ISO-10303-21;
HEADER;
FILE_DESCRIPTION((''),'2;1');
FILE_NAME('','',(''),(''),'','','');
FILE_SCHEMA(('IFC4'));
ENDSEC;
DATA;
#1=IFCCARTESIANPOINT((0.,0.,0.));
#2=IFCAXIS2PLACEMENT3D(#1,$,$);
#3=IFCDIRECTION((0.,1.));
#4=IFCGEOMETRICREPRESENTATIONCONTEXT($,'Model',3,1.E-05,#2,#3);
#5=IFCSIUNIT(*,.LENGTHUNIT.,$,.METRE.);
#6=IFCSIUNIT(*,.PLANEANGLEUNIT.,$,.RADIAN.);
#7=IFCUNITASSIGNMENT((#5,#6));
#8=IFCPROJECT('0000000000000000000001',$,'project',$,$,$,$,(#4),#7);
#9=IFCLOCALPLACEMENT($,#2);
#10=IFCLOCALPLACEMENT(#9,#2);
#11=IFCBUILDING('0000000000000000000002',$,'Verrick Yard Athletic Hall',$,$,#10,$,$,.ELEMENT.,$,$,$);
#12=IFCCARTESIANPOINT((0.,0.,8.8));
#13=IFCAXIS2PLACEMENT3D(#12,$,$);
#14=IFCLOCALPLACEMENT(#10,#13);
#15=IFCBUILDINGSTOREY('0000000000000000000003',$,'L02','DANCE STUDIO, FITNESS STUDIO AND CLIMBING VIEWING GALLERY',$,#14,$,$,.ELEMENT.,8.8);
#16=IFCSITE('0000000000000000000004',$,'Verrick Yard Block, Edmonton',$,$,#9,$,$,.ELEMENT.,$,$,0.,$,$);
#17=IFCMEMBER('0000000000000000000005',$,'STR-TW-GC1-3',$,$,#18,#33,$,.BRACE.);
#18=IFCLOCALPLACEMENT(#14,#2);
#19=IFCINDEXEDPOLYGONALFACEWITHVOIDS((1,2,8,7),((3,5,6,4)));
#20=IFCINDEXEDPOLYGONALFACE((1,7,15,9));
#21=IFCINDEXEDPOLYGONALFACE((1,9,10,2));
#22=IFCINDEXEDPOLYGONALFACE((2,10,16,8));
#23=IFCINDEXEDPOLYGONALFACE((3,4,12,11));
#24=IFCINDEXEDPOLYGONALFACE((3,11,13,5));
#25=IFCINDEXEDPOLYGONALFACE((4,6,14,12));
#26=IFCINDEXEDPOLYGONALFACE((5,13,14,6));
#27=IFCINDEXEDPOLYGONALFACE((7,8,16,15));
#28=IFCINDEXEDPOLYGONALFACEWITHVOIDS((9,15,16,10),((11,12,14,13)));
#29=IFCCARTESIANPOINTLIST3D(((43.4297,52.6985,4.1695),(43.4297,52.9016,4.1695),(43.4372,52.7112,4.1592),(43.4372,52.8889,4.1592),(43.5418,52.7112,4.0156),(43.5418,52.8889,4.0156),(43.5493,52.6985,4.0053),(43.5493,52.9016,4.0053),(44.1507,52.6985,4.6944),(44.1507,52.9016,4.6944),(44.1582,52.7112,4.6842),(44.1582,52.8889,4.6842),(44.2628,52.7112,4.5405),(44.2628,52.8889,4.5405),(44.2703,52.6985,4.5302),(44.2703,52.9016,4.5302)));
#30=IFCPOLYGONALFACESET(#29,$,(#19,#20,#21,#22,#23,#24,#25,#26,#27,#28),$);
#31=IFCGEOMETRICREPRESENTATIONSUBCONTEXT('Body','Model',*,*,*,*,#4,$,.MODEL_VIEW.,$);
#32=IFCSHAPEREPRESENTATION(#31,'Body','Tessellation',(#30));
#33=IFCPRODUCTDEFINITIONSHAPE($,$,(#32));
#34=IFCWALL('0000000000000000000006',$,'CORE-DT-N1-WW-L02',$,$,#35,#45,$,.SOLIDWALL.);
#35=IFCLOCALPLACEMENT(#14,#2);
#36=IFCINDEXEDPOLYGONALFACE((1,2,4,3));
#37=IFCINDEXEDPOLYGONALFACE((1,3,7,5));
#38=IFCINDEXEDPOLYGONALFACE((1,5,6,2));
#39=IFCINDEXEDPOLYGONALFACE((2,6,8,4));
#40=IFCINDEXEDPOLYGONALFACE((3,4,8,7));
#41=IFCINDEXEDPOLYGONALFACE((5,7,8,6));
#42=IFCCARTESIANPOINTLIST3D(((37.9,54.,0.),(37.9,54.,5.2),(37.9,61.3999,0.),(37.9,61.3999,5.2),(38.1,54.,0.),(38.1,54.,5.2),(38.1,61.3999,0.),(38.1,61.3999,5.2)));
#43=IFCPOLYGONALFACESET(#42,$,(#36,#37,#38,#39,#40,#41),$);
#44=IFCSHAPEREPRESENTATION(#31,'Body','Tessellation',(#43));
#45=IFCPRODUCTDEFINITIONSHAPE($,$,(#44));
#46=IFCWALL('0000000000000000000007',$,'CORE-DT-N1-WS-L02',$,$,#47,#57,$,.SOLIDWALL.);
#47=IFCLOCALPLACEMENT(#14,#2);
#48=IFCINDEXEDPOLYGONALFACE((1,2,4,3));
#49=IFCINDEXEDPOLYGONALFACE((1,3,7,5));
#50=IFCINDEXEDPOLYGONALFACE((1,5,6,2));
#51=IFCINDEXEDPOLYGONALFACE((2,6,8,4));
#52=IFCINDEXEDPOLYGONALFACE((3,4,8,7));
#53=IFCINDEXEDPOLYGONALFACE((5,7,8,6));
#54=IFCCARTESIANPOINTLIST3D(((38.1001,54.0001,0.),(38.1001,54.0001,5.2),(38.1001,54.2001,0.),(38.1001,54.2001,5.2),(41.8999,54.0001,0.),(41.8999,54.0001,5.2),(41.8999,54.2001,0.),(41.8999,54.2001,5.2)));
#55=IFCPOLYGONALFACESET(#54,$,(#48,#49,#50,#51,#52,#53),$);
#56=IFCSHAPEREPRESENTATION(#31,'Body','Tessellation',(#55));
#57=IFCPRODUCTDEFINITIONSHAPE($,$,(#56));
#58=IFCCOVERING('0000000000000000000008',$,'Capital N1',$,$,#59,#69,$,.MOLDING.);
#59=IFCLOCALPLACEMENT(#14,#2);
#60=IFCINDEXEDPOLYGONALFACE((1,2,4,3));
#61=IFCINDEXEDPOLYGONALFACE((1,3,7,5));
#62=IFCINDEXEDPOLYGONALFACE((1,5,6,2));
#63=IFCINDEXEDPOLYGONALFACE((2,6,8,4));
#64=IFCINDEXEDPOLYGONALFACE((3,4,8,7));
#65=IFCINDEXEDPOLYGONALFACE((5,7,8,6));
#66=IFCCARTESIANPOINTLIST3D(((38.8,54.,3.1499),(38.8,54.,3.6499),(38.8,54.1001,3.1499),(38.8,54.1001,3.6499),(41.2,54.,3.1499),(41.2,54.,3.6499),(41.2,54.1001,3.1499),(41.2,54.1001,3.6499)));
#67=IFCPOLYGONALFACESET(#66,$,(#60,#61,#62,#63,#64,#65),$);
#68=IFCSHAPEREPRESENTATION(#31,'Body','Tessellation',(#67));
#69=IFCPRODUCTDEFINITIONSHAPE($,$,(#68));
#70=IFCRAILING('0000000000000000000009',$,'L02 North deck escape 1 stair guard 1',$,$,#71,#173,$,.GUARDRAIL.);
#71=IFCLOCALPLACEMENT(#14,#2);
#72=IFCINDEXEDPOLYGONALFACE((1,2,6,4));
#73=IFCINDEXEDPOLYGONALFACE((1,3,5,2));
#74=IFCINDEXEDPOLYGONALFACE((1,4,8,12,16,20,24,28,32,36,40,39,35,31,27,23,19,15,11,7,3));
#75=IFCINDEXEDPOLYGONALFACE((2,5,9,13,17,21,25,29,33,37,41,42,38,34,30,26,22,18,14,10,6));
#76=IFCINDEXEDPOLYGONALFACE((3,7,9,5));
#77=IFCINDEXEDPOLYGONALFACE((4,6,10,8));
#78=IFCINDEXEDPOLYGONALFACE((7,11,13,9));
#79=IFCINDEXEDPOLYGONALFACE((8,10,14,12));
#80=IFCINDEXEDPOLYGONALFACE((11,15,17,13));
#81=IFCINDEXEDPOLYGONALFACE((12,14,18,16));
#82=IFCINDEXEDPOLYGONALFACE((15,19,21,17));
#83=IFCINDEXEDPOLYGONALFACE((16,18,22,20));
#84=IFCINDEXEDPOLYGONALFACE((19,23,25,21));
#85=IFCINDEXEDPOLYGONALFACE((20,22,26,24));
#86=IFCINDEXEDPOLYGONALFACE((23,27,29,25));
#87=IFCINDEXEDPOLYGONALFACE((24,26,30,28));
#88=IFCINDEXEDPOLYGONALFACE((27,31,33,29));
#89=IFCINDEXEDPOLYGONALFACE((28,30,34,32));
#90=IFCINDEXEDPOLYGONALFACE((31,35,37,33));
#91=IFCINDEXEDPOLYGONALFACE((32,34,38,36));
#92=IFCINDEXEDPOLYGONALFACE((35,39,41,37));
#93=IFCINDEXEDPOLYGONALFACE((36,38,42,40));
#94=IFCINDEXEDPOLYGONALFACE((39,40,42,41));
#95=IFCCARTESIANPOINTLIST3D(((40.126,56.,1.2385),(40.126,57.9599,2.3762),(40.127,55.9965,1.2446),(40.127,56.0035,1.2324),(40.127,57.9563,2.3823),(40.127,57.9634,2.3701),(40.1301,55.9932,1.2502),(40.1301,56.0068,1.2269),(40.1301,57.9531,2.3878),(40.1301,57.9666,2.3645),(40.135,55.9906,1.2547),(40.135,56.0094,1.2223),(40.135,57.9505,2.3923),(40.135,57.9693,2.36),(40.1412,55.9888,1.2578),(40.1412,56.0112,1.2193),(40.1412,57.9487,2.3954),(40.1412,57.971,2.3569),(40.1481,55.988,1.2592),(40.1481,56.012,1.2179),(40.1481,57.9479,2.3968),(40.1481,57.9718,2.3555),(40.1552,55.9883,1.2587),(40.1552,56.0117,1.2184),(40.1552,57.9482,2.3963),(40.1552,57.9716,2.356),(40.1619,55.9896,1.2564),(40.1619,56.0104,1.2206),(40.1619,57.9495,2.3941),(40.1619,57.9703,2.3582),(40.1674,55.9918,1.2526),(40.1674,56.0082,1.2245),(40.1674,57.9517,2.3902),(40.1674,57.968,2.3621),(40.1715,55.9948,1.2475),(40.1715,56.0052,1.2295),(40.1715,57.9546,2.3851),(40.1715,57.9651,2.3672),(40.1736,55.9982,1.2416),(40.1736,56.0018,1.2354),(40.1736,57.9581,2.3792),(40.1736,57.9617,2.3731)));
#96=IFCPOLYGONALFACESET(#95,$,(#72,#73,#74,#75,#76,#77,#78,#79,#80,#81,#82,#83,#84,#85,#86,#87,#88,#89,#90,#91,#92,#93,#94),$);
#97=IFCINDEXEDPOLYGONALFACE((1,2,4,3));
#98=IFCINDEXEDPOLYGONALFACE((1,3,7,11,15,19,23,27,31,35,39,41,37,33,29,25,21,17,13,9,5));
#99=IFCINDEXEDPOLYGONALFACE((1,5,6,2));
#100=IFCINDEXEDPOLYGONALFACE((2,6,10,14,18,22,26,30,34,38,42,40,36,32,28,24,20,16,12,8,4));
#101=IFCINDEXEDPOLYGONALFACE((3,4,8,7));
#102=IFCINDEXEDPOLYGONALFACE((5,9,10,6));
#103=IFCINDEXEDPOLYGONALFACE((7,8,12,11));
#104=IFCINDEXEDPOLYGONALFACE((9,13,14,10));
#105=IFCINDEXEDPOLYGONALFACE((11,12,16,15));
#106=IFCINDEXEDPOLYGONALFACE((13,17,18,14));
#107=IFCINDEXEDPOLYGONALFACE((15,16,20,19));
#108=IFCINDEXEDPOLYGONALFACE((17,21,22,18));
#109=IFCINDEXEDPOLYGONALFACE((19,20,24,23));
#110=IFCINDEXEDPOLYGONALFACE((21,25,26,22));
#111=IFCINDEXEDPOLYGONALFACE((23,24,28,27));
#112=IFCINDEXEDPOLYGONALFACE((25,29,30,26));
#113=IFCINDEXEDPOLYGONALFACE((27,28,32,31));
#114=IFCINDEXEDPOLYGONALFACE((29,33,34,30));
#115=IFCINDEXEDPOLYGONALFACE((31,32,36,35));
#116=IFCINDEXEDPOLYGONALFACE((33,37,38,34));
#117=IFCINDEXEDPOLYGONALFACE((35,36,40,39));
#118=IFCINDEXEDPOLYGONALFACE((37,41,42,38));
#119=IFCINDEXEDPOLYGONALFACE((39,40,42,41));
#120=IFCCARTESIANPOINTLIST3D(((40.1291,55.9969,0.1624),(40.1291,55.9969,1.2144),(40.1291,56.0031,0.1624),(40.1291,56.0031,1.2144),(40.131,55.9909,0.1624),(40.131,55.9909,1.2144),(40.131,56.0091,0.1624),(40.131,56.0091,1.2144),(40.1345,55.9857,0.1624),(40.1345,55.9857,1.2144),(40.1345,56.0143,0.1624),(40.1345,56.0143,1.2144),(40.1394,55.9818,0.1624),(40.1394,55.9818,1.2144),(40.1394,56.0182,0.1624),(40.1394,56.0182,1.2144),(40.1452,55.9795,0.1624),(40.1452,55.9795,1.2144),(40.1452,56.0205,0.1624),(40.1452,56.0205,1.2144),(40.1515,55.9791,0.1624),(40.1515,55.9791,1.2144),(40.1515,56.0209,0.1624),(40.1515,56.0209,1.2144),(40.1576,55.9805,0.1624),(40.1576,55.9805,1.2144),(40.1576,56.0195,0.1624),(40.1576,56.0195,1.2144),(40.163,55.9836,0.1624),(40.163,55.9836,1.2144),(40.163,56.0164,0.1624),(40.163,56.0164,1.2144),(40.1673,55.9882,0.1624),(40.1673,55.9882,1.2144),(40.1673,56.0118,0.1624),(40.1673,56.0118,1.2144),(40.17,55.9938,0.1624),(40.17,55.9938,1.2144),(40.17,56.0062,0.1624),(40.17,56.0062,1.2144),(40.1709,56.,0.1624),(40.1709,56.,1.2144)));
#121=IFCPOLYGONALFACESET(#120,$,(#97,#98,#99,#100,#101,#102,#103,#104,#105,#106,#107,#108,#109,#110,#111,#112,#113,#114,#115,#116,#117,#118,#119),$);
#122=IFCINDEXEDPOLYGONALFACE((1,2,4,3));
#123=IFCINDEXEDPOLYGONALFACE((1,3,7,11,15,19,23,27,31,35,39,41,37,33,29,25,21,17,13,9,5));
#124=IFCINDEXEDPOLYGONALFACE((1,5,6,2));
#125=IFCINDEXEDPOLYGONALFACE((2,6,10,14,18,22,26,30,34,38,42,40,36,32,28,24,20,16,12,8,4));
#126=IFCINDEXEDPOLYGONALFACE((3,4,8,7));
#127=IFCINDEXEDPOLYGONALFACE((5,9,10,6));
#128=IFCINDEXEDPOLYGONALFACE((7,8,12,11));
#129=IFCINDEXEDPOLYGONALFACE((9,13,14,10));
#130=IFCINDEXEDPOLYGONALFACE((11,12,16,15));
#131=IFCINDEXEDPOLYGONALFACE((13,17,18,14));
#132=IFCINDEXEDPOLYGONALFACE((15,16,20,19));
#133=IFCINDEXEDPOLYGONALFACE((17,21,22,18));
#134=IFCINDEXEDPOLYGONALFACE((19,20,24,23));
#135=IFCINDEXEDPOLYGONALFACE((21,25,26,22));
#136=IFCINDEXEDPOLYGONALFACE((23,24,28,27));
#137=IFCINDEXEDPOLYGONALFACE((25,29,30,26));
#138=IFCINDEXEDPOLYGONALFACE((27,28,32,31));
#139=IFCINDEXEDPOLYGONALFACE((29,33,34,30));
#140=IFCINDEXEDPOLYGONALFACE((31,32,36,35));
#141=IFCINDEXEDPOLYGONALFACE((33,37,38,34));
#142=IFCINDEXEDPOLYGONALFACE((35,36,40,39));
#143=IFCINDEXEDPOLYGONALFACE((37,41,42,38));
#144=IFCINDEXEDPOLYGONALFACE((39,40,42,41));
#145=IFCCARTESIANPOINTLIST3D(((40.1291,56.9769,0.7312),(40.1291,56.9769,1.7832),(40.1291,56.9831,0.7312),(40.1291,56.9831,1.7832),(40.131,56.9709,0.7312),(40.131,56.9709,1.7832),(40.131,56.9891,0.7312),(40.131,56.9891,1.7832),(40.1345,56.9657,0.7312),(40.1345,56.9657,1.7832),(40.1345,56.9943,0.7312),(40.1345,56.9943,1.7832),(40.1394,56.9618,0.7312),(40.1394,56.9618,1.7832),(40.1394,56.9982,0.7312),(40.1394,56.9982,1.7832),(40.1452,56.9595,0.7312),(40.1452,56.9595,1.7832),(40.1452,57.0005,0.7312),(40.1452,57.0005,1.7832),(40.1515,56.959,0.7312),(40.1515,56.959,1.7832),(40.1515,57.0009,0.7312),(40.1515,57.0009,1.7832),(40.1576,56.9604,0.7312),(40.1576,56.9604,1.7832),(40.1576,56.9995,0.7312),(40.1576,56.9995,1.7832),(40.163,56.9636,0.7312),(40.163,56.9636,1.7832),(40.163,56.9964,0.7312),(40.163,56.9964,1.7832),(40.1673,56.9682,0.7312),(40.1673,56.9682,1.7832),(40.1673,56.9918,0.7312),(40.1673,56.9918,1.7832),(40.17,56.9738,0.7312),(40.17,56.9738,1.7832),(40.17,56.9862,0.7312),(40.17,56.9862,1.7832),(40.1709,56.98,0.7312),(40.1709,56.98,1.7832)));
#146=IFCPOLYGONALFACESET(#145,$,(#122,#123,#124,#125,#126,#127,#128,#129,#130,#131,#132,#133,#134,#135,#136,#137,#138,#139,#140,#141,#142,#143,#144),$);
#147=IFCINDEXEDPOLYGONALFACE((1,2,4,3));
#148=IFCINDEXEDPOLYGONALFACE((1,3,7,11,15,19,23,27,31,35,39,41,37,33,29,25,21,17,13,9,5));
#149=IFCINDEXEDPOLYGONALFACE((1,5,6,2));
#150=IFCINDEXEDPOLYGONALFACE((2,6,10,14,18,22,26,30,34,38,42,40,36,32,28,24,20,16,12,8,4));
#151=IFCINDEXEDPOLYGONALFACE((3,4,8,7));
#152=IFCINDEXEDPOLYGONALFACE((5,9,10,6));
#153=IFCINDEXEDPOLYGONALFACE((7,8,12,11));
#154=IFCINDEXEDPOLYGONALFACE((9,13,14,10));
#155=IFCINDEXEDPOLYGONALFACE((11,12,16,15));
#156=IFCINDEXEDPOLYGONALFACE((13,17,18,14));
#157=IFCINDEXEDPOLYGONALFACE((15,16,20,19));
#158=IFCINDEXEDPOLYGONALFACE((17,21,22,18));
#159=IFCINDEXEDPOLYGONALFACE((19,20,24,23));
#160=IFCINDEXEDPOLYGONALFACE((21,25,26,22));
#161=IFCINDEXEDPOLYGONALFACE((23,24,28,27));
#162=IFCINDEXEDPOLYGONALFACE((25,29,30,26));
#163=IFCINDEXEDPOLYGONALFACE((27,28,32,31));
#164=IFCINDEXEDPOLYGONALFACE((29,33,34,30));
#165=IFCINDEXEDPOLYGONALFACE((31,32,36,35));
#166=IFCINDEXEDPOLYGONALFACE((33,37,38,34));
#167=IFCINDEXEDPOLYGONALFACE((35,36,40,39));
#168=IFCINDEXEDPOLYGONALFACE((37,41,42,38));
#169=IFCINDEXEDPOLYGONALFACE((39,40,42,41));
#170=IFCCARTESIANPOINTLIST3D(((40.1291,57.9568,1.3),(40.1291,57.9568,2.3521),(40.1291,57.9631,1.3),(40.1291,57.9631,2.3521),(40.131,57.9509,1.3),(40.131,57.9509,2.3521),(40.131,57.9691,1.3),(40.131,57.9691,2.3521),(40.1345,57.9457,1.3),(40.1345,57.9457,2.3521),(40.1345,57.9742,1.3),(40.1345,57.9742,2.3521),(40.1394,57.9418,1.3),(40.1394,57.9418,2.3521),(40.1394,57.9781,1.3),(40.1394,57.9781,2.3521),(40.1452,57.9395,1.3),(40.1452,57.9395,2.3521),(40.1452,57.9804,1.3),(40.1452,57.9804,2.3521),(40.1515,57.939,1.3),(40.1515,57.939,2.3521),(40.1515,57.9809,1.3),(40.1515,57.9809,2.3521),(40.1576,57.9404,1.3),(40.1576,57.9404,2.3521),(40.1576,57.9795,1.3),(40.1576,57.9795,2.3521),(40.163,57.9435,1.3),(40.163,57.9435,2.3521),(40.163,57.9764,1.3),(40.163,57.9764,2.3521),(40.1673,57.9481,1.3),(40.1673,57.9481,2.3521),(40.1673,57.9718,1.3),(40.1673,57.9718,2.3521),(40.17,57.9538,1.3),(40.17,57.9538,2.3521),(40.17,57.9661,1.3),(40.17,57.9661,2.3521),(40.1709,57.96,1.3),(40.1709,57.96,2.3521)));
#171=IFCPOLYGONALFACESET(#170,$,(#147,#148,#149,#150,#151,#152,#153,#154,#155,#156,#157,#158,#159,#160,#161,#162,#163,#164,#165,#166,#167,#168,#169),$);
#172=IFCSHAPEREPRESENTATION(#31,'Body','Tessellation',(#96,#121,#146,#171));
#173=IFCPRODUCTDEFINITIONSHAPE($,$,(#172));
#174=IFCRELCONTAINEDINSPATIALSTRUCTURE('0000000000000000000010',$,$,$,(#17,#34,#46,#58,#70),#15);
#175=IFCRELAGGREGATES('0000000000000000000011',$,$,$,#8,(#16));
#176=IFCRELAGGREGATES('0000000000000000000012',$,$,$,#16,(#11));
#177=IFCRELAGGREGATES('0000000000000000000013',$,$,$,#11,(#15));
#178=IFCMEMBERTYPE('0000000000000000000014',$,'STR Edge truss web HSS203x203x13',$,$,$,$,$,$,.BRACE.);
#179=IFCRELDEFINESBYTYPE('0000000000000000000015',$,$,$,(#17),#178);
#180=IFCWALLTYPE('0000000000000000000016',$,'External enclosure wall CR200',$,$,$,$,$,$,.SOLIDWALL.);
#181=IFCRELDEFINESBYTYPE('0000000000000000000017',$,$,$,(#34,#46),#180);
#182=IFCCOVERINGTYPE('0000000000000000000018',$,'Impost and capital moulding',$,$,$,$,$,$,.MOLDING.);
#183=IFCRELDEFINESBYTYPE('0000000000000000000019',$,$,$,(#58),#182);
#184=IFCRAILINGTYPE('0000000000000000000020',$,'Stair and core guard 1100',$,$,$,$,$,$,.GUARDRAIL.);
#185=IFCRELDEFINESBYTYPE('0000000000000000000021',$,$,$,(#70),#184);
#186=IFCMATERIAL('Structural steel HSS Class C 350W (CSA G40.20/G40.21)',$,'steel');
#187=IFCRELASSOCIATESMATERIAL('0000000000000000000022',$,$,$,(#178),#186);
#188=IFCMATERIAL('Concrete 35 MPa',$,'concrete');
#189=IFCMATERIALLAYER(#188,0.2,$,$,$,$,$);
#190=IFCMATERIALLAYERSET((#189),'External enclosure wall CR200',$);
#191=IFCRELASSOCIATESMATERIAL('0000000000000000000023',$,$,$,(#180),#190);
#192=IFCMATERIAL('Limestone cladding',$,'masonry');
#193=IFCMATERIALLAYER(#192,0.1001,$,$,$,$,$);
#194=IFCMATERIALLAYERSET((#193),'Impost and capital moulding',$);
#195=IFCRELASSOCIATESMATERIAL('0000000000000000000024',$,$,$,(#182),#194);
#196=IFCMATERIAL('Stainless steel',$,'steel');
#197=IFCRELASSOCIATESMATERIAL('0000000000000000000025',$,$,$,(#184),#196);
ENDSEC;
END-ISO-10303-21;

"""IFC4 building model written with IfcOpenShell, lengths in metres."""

from ifc_helpers import new_model, si_unit, direction, frame, frame_2d, origin, origin_2d, place, context, subcontext, project, spatial, rectangle, hollow_rectangle, circle, extrude, material, layer, layer_set, material_profile, profile_set, type_object, element, save


model = new_model("IFC4")

# Units and contexts
model_context = context("Model", 3, precision=1e-05, world=origin(), true_north=direction((0.0, 1.0)))
body_context = subcontext(model_context, "Body", "Model", "MODEL_VIEW")
ifc_project = project(units=[si_unit("LENGTHUNIT", "METRE"), si_unit("PLANEANGLEUNIT", "RADIAN")], contexts=[model_context])

# Site, building, storey
site_placement = place(None, origin())
site = spatial("IfcSite", under=ifc_project, at=site_placement, Name="Verrick Yard Block, Edmonton", CompositionType="ELEMENT", RefElevation=0.0)
building_placement = place(site_placement, origin())
building = spatial("IfcBuilding", under=site, at=building_placement, Name="Verrick Yard Athletic Hall", CompositionType="ELEMENT")
storey_placement = place(building_placement, frame((0.0, 0.0, 8.8)))
storey = spatial("IfcBuildingStorey", under=building, at=storey_placement, Name="L02", Description="DANCE STUDIO, FITNESS STUDIO AND CLIMBING VIEWING GALLERY", CompositionType="ELEMENT", Elevation=8.8)

# Shared definitions
ifc_material_1 = material(Name="Concrete 35 MPa", Category="concrete")

# Member
ifc_material_2 = material(Name="Structural steel HSS Class C 350W (CSA G40.20/G40.21)", Category="steel")
ifc_material_profile_1 = material_profile(ifc_material_2, hollow_rectangle(XDim=0.2031, YDim=0.2031, WallThickness=0.0127, at=origin_2d()), Name="HSS203x203x13")
ifc_profile_set_1 = profile_set([ifc_material_profile_1], Name="Structural steel HSS Class C 350W (CSA G40.20/G40.21)")
member_type_1 = type_object("IfcMemberType", Name="STR Edge truss web HSS203x203x13", PredefinedType="BRACE", material=ifc_profile_set_1)
member_1_placement = place(storey_placement, frame((43.4895, 52.8, 4.0874), z_axis=(0.808428, 0.0, 0.588595), x_axis=(0.0, 1.0, 0.0)))
element("IfcMember", 1, at=member_1_placement, inside=storey, type_object=member_type_1, Name="STR-TW-GC1-3", PredefinedType="BRACE", context=body_context, shape_type="SweptSolid", body=[
    extrude(hollow_rectangle(XDim=0.2031, YDim=0.2031, WallThickness=0.0127, at=origin_2d()), origin(), (0.0, 0.0, 1.0), 0.8918),
])

# Walls
ifc_layer_1 = layer(ifc_material_1, 0.2)
ifc_layer_set_1 = layer_set([ifc_layer_1], Name="External enclosure wall CR200")
wall_type = type_object("IfcWallType", Name="External enclosure wall CR200", PredefinedType="SOLIDWALL", material=ifc_layer_set_1)
wall_1_placement = place(storey_placement, frame((38.0, 54.0, 0.0), z_axis=(0.0, 0.0, 1.0), x_axis=(0.0, 1.0, 0.0)))
element("IfcWall", 2, at=wall_1_placement, inside=storey, type_object=wall_type, Name="CORE-DT-N1-WW-L02", PredefinedType="SOLIDWALL", context=body_context, shape_type="SweptSolid", body=[
    extrude(rectangle(XDim=7.3999, YDim=0.2, at=frame_2d((3.7, 0.0))), origin(), (0.0, 0.0, 1.0), 5.2),
])
wall_2_placement = place(storey_placement, frame((38.1001, 54.1001, 0.0), z_axis=(0.0, 0.0, 1.0), x_axis=(1.0, 0.0, 0.0)))
element("IfcWall", 3, at=wall_2_placement, inside=storey, type_object=wall_type, Name="CORE-DT-N1-WS-L02", PredefinedType="SOLIDWALL", context=body_context, shape_type="SweptSolid", body=[
    extrude(rectangle(XDim=3.7998, YDim=0.2, at=frame_2d((1.8999, 0.0))), origin(), (0.0, 0.0, 1.0), 5.2),
])

# Covering
ifc_material_3 = material(Name="Limestone cladding", Category="masonry")
ifc_layer_2 = layer(ifc_material_3, 0.1001)
ifc_layer_set_2 = layer_set([ifc_layer_2], Name="Impost and capital moulding")
covering_type_1 = type_object("IfcCoveringType", Name="Impost and capital moulding", PredefinedType="MOLDING", material=ifc_layer_set_2)
covering_1_placement = place(storey_placement, frame((40.0, 54.05, 3.1499), z_axis=(0.0, 0.0, 1.0), x_axis=(1.0, 0.0, 0.0)))
element("IfcCovering", 4, at=covering_1_placement, inside=storey, type_object=covering_type_1, Name="Capital N1", PredefinedType="MOLDING", context=body_context, shape_type="SweptSolid", body=[
    extrude(rectangle(XDim=2.3999, YDim=0.1001, at=origin_2d()), origin(), (0.0, 0.0, 1.0), 0.5),
])

# Railing
ifc_material_4 = material(Name="Stainless steel", Category="steel")
railing_type = type_object("IfcRailingType", Name="Stair and core guard 1100", PredefinedType="GUARDRAIL", material=ifc_material_4)
railing_placement = place(storey_placement, frame((40.1499, 56.0, 0.1624)))
element("IfcRailing", 5, at=railing_placement, inside=storey, type_object=railing_type, Name="L02 North deck escape 1 stair guard 1", PredefinedType="GUARDRAIL", context=body_context, shape_type="SweptSolid", body=[
    extrude(circle(Radius=0.0239, at=origin_2d()), frame((0.0, 0.0, 1.0762), z_axis=(0.0, 0.864855, 0.502021), x_axis=(-1.0, 0.0, 0.0)), (0.0, 0.0, 1.0), 2.2661),
    extrude(circle(Radius=0.021, at=origin_2d()), origin(), (0.0, 0.0, 1.0), 1.052),
    extrude(circle(Radius=0.021, at=origin_2d()), frame((0.0, 0.98, 0.5688)), (0.0, 0.0, 1.0), 1.052),
    extrude(circle(Radius=0.021, at=origin_2d()), frame((0.0, 1.96, 1.1377)), (0.0, 0.0, 1.0), 1.052),
])

save(model, "model.ifc")
